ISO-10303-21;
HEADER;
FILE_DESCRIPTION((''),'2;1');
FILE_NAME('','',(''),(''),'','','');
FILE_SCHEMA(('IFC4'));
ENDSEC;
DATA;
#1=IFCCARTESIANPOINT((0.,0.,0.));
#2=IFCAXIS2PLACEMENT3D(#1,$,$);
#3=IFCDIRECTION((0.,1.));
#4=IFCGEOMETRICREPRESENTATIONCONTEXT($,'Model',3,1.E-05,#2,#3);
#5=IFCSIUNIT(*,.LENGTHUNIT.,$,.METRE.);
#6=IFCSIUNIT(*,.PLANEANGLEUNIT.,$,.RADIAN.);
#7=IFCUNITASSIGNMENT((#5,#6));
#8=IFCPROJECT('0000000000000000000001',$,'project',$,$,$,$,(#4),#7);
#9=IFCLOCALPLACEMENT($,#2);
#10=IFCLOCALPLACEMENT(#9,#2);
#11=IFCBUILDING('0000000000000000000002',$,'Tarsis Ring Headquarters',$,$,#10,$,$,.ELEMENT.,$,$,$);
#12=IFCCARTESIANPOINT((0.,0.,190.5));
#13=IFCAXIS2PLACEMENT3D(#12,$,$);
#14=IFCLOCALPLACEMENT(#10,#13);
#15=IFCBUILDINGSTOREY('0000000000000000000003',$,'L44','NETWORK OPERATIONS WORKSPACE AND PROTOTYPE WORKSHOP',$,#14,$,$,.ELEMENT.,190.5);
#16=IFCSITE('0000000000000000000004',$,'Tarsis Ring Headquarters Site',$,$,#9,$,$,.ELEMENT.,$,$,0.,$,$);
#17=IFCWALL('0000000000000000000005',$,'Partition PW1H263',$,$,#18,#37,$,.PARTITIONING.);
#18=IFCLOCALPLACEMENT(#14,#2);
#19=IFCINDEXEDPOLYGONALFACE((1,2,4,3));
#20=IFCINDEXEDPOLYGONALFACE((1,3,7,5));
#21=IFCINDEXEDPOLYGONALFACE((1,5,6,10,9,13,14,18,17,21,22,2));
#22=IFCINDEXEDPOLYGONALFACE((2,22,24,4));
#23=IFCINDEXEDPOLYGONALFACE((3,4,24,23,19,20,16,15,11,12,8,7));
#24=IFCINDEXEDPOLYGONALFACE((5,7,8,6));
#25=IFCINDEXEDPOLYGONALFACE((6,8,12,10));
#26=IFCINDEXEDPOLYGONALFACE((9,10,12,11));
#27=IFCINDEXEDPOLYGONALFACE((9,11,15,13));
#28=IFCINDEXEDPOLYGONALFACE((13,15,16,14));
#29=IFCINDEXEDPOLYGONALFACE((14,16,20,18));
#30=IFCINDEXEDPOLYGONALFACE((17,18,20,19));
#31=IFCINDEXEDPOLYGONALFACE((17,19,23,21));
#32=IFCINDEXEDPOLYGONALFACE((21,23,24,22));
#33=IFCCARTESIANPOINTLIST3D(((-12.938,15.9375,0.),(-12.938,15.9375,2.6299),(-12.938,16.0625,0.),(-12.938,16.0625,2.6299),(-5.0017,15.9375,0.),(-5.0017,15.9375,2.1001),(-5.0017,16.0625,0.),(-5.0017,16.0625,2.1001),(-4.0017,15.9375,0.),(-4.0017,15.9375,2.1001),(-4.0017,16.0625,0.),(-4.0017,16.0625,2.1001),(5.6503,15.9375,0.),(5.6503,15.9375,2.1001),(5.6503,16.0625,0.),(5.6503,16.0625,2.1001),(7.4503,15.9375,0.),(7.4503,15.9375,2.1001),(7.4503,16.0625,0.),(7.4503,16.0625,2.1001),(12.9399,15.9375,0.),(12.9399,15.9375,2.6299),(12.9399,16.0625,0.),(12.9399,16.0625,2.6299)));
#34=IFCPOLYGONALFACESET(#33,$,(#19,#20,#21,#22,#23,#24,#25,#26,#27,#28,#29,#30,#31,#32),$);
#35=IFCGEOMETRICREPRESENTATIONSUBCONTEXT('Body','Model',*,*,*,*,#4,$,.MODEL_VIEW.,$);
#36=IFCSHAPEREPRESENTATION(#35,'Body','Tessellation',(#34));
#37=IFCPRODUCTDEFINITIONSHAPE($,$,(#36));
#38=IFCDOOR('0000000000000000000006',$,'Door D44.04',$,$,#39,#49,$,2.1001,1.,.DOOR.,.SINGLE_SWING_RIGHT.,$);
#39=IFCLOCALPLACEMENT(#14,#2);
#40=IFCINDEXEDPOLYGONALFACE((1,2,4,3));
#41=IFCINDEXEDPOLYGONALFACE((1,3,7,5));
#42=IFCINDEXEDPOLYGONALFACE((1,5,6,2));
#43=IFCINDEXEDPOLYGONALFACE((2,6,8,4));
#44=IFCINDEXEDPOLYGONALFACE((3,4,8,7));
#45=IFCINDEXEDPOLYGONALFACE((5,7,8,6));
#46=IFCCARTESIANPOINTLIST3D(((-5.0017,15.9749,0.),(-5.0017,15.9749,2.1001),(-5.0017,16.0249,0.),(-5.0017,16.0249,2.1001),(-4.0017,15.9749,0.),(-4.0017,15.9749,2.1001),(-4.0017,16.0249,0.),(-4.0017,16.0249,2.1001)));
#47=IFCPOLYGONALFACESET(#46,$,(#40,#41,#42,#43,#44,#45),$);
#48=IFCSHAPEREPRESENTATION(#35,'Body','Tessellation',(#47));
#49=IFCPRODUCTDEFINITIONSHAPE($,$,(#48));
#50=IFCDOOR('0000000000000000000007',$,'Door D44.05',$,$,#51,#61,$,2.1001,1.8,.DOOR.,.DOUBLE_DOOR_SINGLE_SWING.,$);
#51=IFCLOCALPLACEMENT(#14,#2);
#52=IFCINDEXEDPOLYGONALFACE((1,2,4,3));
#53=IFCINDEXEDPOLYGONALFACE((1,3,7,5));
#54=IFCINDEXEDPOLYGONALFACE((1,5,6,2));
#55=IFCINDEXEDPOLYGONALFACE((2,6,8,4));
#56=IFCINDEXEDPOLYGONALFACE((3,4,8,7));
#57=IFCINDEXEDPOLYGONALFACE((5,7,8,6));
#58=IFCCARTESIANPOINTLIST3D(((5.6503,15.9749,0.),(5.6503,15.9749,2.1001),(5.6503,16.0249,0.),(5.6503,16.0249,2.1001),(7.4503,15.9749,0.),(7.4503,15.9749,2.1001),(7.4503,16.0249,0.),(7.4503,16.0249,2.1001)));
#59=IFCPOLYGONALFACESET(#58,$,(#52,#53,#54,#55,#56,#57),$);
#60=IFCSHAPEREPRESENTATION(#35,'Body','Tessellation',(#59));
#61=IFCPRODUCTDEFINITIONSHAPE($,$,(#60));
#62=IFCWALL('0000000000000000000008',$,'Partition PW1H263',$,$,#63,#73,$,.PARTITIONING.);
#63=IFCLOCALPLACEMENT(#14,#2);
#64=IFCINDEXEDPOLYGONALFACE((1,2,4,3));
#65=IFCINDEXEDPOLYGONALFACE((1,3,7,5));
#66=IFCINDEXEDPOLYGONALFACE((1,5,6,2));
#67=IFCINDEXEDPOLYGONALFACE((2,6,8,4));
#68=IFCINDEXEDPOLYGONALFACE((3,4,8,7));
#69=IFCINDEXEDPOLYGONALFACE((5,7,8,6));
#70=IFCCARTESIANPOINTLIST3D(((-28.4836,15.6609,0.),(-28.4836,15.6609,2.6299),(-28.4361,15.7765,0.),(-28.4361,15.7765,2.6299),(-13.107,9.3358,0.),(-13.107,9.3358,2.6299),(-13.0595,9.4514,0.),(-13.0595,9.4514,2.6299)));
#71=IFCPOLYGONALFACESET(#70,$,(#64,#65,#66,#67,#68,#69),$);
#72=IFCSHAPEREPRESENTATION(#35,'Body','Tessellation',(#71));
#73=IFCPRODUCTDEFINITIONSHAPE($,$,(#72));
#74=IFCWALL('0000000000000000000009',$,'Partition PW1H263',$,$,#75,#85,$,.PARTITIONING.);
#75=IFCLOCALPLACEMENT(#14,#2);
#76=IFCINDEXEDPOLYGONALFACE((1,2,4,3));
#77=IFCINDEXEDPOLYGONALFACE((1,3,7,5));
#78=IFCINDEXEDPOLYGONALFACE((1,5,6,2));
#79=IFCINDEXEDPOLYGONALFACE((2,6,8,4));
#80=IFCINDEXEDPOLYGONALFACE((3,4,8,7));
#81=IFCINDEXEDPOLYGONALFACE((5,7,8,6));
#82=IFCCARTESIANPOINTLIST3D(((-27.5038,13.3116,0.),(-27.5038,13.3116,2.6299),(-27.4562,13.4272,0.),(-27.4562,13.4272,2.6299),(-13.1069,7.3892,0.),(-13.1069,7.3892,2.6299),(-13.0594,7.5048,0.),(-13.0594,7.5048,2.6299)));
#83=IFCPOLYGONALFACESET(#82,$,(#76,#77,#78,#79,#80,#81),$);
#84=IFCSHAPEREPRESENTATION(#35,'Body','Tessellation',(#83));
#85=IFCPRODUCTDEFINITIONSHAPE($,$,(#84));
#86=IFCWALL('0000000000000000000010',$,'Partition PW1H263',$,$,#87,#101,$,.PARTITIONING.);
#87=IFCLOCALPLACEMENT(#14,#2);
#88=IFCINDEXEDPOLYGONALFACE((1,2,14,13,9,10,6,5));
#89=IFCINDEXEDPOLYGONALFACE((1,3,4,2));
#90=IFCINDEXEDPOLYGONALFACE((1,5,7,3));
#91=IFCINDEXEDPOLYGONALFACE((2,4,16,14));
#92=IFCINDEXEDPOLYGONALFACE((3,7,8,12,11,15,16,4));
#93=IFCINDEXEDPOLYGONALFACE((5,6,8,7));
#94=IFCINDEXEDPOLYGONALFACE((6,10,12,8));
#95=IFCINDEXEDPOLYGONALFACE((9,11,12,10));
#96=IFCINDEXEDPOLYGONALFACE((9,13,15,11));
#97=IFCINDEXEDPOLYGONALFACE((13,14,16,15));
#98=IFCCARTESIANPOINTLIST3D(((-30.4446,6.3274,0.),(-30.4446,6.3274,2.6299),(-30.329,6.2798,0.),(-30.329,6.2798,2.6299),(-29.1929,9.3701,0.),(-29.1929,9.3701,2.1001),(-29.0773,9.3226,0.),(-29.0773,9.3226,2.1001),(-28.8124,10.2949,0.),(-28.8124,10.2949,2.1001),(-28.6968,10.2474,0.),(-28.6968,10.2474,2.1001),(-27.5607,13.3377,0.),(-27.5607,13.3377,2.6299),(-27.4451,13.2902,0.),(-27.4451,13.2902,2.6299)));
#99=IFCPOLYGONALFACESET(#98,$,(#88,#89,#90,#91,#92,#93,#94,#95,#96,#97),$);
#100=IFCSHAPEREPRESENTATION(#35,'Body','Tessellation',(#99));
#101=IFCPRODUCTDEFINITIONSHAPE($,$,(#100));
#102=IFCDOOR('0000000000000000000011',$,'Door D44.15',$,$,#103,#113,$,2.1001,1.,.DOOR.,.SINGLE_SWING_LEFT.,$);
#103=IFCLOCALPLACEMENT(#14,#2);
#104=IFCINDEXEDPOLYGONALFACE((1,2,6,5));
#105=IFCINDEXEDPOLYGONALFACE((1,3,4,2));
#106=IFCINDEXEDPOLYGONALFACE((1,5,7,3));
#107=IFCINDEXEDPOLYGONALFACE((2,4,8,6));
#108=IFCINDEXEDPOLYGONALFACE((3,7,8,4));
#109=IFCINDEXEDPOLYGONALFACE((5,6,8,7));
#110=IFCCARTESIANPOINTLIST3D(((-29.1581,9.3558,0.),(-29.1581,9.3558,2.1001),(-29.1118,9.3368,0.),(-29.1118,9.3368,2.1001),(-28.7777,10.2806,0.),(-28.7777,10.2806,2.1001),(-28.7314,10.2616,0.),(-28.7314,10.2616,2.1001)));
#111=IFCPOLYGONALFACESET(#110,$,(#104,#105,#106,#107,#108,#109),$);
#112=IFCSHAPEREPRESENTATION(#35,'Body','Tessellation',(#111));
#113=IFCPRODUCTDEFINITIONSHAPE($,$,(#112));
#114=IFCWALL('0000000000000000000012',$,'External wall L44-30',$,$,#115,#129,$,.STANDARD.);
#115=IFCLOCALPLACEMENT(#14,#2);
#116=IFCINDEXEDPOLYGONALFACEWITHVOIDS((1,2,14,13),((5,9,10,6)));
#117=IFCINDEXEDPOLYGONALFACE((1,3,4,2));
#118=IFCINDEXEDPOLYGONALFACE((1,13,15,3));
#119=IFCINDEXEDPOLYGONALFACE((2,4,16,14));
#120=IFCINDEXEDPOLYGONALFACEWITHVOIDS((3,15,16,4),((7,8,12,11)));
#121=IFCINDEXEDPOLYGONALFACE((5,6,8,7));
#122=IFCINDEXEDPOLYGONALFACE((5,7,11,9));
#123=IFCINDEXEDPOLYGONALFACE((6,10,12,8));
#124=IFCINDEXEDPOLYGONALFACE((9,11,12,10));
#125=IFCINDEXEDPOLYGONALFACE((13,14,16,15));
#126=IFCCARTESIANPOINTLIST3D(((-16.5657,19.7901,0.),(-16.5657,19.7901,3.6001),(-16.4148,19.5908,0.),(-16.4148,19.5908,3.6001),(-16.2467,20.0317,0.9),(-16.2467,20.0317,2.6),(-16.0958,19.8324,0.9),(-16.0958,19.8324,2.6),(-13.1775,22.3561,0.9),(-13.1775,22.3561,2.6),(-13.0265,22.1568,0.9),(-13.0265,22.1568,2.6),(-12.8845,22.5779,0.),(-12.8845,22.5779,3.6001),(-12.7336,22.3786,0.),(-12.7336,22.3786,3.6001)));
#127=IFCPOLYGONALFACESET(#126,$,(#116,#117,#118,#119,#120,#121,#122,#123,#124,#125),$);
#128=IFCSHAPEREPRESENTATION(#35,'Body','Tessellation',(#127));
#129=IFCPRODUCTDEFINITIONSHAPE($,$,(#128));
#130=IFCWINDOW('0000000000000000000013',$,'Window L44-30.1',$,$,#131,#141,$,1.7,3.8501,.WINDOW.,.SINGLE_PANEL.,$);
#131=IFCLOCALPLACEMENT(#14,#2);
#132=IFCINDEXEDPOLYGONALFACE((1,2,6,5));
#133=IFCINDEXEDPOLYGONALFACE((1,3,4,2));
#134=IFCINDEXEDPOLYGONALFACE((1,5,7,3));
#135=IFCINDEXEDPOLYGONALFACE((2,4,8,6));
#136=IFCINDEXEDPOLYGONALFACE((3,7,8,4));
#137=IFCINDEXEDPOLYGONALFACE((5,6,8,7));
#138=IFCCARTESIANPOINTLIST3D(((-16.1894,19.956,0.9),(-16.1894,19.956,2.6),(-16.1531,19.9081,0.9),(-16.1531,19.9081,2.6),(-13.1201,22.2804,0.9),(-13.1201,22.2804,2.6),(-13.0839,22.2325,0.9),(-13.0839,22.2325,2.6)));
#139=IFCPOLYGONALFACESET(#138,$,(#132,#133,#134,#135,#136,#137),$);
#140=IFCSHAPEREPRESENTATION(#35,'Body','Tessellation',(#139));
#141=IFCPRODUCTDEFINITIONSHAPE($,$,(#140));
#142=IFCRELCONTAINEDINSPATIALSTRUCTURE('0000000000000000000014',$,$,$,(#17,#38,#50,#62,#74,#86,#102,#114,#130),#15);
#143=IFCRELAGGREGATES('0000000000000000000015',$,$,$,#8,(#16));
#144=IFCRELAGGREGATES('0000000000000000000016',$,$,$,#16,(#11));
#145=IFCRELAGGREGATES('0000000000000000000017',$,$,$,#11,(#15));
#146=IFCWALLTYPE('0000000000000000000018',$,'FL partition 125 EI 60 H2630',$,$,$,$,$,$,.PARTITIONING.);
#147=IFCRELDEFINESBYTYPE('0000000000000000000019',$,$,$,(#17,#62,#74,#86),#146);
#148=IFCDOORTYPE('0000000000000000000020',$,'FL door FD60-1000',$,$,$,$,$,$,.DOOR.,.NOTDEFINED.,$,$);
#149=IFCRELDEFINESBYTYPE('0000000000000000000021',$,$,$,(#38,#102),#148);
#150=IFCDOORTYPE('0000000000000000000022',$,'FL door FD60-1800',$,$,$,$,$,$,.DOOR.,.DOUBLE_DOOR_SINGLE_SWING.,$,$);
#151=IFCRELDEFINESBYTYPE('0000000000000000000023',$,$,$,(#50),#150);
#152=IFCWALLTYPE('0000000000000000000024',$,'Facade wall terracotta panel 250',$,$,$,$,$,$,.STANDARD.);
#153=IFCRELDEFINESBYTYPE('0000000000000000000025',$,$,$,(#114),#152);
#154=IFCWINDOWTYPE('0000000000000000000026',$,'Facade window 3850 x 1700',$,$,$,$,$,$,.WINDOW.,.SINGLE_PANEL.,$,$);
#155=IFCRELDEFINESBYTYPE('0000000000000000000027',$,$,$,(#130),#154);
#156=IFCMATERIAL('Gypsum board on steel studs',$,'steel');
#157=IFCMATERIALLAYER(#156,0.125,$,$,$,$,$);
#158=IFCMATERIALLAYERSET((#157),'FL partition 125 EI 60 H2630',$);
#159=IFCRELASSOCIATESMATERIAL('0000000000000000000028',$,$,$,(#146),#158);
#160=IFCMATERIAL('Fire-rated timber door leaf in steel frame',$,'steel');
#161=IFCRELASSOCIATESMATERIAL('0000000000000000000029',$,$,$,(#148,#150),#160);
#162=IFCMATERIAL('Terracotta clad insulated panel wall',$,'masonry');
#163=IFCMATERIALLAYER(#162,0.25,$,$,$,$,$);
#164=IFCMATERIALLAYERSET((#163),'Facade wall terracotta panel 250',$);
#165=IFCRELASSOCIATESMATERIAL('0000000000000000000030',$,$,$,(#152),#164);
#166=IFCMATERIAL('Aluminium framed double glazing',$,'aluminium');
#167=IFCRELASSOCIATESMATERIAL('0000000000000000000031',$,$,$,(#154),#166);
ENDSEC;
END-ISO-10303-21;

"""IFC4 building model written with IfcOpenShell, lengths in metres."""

from ifc_helpers import new_model, si_unit, direction, frame, frame_2d, origin, place, context, subcontext, project, spatial, rectangle, extrude, material, layer, layer_set, type_object, element, fill, save


model = new_model("IFC4")

# Units and contexts
model_context = context("Model", 3, precision=1e-05, world=origin(), true_north=direction((0.0, 1.0)))
body_context = subcontext(model_context, "Body", "Model", "MODEL_VIEW")
ifc_project = project(units=[si_unit("LENGTHUNIT", "METRE"), si_unit("PLANEANGLEUNIT", "RADIAN")], contexts=[model_context])

# Site, building, storey
site_placement = place(None, origin())
site = spatial("IfcSite", under=ifc_project, at=site_placement, Name="Tarsis Ring Headquarters Site", CompositionType="ELEMENT", RefElevation=0.0)
building_placement = place(site_placement, origin())
building = spatial("IfcBuilding", under=site, at=building_placement, Name="Tarsis Ring Headquarters", CompositionType="ELEMENT")
storey_placement = place(building_placement, frame((0.0, 0.0, 190.5)))
storey = spatial("IfcBuildingStorey", under=building, at=storey_placement, Name="L44", Description="NETWORK OPERATIONS WORKSPACE AND PROTOTYPE WORKSHOP", CompositionType="ELEMENT", Elevation=190.5)

# Shared definitions
ifc_material_1 = material(Name="Gypsum board on steel studs", Category="steel")

# Wall, openings, doors
ifc_layer_1 = layer(ifc_material_1, 0.125)
ifc_layer_set_1 = layer_set([ifc_layer_1], Name="FL partition 125 EI 60 H2630")
wall_type_1 = type_object("IfcWallType", Name="FL partition 125 EI 60 H2630", PredefinedType="PARTITIONING", material=ifc_layer_set_1)
wall_1_placement = place(storey_placement, frame((-12.938, 16.0, 0.0), z_axis=(0.0, 0.0, 1.0), x_axis=(1.0, 0.0, 0.0)))
wall_1 = element("IfcWall", 1, at=wall_1_placement, inside=storey, type_object=wall_type_1, Name="Partition PW1H263", PredefinedType="PARTITIONING", context=body_context, shape_type="SweptSolid", body=[
    extrude(rectangle(XDim=25.8779, YDim=0.125, at=frame_2d((12.939, 0.0))), origin(), (0.0, 0.0, 1.0), 2.6299),
])
opening_1_placement = place(wall_1_placement, frame((7.9363, 0.0, 0.0)))
opening_1 = element("IfcOpeningElement", 2, at=opening_1_placement, cuts=wall_1, PredefinedType="OPENING", context=body_context, shape_type="SweptSolid", body=[
    extrude(rectangle(XDim=1.0, YDim=2.1001, at=frame_2d((0.5, 1.05))), frame((0.0, 0.0725, 0.0), z_axis=(0.0, -1.0, 0.0), x_axis=(1.0, 0.0, 0.0)), (0.0, 0.0, 1.0), 0.145),
])
opening_2_placement = place(wall_1_placement, frame((18.5884, 0.0, 0.0)))
opening_2 = element("IfcOpeningElement", 3, at=opening_2_placement, cuts=wall_1, PredefinedType="OPENING", context=body_context, shape_type="SweptSolid", body=[
    extrude(rectangle(XDim=1.8, YDim=2.1001, at=frame_2d((0.8999, 1.05))), frame((0.0, 0.0725, 0.0), z_axis=(0.0, -1.0, 0.0), x_axis=(1.0, 0.0, 0.0)), (0.0, 0.0, 1.0), 0.145),
])
ifc_material_2 = material(Name="Fire-rated timber door leaf in steel frame", Category="steel")
door_type_1 = type_object("IfcDoorType", Name="FL door FD60-1000", OperationType="NOTDEFINED", PredefinedType="DOOR", material=ifc_material_2)
door_1_placement = place(opening_1_placement, origin())
door_1 = element("IfcDoor", 4, at=door_1_placement, inside=storey, type_object=door_type_1, Name="Door D44.04", OperationType="SINGLE_SWING_RIGHT", OverallHeight=2.1001, OverallWidth=1.0, PredefinedType="DOOR", context=body_context, shape_type="SweptSolid", body=[
    extrude(rectangle(XDim=1.0, YDim=2.1001, at=frame_2d((0.5, 1.05))), frame((0.0, 0.0249, 0.0), z_axis=(0.0, -1.0, 0.0), x_axis=(1.0, 0.0, 0.0)), (0.0, 0.0, 1.0), 0.05),
])
fill(opening_1, door_1)
door_type_2 = type_object("IfcDoorType", Name="FL door FD60-1800", OperationType="DOUBLE_DOOR_SINGLE_SWING", PredefinedType="DOOR", material=ifc_material_2)
door_2_placement = place(opening_2_placement, origin())
door_2 = element("IfcDoor", 5, at=door_2_placement, inside=storey, type_object=door_type_2, Name="Door D44.05", OperationType="DOUBLE_DOOR_SINGLE_SWING", OverallHeight=2.1001, OverallWidth=1.8, PredefinedType="DOOR", context=body_context, shape_type="SweptSolid", body=[
    extrude(rectangle(XDim=1.8, YDim=2.1001, at=frame_2d((0.8999, 1.05))), frame((0.0, 0.0249, 0.0), z_axis=(0.0, -1.0, 0.0), x_axis=(1.0, 0.0, 0.0)), (0.0, 0.0, 1.0), 0.05),
])
fill(opening_2, door_2)

# Walls
wall_2_placement = place(storey_placement, frame((-28.46, 15.7188, 0.0), z_axis=(0.0, 0.0, 1.0), x_axis=(0.924813, -0.380421, 0.0)))
element("IfcWall", 6, at=wall_2_placement, inside=storey, type_object=wall_type_1, Name="Partition PW1H263", PredefinedType="PARTITIONING", context=body_context, shape_type="SweptSolid", body=[
    extrude(rectangle(XDim=16.6267, YDim=0.125, at=frame_2d((8.3135, 0.0))), origin(), (0.0, 0.0, 1.0), 2.6299),
])
wall_3_placement = place(storey_placement, frame((-27.48, 13.3694, 0.0), z_axis=(0.0, 0.0, 1.0), x_axis=(0.924807, -0.380437, 0.0)))
element("IfcWall", 7, at=wall_3_placement, inside=storey, type_object=wall_type_1, Name="Partition PW1H263", PredefinedType="PARTITIONING", context=body_context, shape_type="SweptSolid", body=[
    extrude(rectangle(XDim=15.5674, YDim=0.125, at=frame_2d((7.7837, 0.0))), origin(), (0.0, 0.0, 1.0), 2.6299),
])

# Wall, opening, door
wall_4_placement = place(storey_placement, frame((-30.3867, 6.3037, 0.0), z_axis=(0.0, 0.0, 1.0), x_axis=(0.380436, 0.924807, 0.0)))
wall_4 = element("IfcWall", 8, at=wall_4_placement, inside=storey, type_object=wall_type_1, Name="Partition PW1H263", PredefinedType="PARTITIONING", context=body_context, shape_type="SweptSolid", body=[
    extrude(rectangle(XDim=7.5803, YDim=0.125, at=frame_2d((3.79, 0.0))), origin(), (0.0, 0.0, 1.0), 2.6299),
])
opening_3_placement = place(wall_4_placement, frame((3.29, 0.0, 0.0)))
opening_3 = element("IfcOpeningElement", 9, at=opening_3_placement, cuts=wall_4, PredefinedType="OPENING", context=body_context, shape_type="SweptSolid", body=[
    extrude(rectangle(XDim=1.0, YDim=2.1001, at=frame_2d((0.5, 1.05))), frame((0.0, 0.0725, 0.0), z_axis=(0.0, -1.0, 0.0), x_axis=(1.0, 0.0, 0.0)), (0.0, 0.0, 1.0), 0.145),
])
door_3_placement = place(opening_3_placement, origin())
door_3 = element("IfcDoor", 10, at=door_3_placement, inside=storey, type_object=door_type_1, Name="Door D44.15", OperationType="SINGLE_SWING_LEFT", OverallHeight=2.1001, OverallWidth=1.0, PredefinedType="DOOR", context=body_context, shape_type="SweptSolid", body=[
    extrude(rectangle(XDim=1.0, YDim=2.1001, at=frame_2d((0.5, 1.05))), frame((0.0, 0.0249, 0.0), z_axis=(0.0, -1.0, 0.0), x_axis=(1.0, 0.0, 0.0)), (0.0, 0.0, 1.0), 0.05),
])
fill(opening_3, door_3)

# Wall, opening, window
ifc_material_3 = material(Name="Terracotta clad insulated panel wall", Category="masonry")
ifc_layer_2 = layer(ifc_material_3, 0.25)
ifc_layer_set_2 = layer_set([ifc_layer_2], Name="Facade wall terracotta panel 250")
wall_type_2 = type_object("IfcWallType", Name="Facade wall terracotta panel 250", PredefinedType="STANDARD", material=ifc_layer_set_2)
wall_5_placement = place(storey_placement, frame((-12.8091, 22.4783, 0.0), z_axis=(0.0, 0.0, 1.0), x_axis=(-0.797187, -0.603732, 0.0)))
wall_5 = element("IfcWall", 11, at=wall_5_placement, inside=storey, type_object=wall_type_2, Name="External wall L44-30", PredefinedType="STANDARD", context=body_context, shape_type="SweptSolid", body=[
    extrude(rectangle(XDim=4.6177, YDim=0.25, at=frame_2d((2.3088, 0.0))), origin(), (0.0, 0.0, 1.0), 3.6001),
])
opening_4_placement = place(wall_5_placement, frame((0.3674, 0.0, 0.8999)))
opening_4 = element("IfcOpeningElement", 12, at=opening_4_placement, cuts=wall_5, PredefinedType="OPENING", context=body_context, shape_type="SweptSolid", body=[
    extrude(rectangle(XDim=3.8501, YDim=1.7, at=frame_2d((1.925, 0.8501))), frame((0.0, 0.135, 0.0), z_axis=(0.0, -1.0, 0.0), x_axis=(1.0, 0.0, 0.0)), (0.0, 0.0, 1.0), 0.27),
])
ifc_material_4 = material(Name="Aluminium framed double glazing", Category="aluminium")
window_type_1 = type_object("IfcWindowType", Name="Facade window 3850 x 1700", PartitioningType="SINGLE_PANEL", PredefinedType="WINDOW", material=ifc_material_4)
window_1_placement = place(opening_4_placement, origin())
window_1 = element("IfcWindow", 13, at=window_1_placement, inside=storey, type_object=window_type_1, Name="Window L44-30.1", OverallHeight=1.7, OverallWidth=3.8501, PartitioningType="SINGLE_PANEL", PredefinedType="WINDOW", context=body_context, shape_type="SweptSolid", body=[
    extrude(rectangle(XDim=3.8501, YDim=1.7, at=frame_2d((1.925, 0.8501))), frame((0.0, 0.03, 0.0), z_axis=(0.0, -1.0, 0.0), x_axis=(1.0, 0.0, 0.0)), (0.0, 0.0, 1.0), 0.0601),
])
fill(opening_4, window_1)

save(model, "model.ifc")
